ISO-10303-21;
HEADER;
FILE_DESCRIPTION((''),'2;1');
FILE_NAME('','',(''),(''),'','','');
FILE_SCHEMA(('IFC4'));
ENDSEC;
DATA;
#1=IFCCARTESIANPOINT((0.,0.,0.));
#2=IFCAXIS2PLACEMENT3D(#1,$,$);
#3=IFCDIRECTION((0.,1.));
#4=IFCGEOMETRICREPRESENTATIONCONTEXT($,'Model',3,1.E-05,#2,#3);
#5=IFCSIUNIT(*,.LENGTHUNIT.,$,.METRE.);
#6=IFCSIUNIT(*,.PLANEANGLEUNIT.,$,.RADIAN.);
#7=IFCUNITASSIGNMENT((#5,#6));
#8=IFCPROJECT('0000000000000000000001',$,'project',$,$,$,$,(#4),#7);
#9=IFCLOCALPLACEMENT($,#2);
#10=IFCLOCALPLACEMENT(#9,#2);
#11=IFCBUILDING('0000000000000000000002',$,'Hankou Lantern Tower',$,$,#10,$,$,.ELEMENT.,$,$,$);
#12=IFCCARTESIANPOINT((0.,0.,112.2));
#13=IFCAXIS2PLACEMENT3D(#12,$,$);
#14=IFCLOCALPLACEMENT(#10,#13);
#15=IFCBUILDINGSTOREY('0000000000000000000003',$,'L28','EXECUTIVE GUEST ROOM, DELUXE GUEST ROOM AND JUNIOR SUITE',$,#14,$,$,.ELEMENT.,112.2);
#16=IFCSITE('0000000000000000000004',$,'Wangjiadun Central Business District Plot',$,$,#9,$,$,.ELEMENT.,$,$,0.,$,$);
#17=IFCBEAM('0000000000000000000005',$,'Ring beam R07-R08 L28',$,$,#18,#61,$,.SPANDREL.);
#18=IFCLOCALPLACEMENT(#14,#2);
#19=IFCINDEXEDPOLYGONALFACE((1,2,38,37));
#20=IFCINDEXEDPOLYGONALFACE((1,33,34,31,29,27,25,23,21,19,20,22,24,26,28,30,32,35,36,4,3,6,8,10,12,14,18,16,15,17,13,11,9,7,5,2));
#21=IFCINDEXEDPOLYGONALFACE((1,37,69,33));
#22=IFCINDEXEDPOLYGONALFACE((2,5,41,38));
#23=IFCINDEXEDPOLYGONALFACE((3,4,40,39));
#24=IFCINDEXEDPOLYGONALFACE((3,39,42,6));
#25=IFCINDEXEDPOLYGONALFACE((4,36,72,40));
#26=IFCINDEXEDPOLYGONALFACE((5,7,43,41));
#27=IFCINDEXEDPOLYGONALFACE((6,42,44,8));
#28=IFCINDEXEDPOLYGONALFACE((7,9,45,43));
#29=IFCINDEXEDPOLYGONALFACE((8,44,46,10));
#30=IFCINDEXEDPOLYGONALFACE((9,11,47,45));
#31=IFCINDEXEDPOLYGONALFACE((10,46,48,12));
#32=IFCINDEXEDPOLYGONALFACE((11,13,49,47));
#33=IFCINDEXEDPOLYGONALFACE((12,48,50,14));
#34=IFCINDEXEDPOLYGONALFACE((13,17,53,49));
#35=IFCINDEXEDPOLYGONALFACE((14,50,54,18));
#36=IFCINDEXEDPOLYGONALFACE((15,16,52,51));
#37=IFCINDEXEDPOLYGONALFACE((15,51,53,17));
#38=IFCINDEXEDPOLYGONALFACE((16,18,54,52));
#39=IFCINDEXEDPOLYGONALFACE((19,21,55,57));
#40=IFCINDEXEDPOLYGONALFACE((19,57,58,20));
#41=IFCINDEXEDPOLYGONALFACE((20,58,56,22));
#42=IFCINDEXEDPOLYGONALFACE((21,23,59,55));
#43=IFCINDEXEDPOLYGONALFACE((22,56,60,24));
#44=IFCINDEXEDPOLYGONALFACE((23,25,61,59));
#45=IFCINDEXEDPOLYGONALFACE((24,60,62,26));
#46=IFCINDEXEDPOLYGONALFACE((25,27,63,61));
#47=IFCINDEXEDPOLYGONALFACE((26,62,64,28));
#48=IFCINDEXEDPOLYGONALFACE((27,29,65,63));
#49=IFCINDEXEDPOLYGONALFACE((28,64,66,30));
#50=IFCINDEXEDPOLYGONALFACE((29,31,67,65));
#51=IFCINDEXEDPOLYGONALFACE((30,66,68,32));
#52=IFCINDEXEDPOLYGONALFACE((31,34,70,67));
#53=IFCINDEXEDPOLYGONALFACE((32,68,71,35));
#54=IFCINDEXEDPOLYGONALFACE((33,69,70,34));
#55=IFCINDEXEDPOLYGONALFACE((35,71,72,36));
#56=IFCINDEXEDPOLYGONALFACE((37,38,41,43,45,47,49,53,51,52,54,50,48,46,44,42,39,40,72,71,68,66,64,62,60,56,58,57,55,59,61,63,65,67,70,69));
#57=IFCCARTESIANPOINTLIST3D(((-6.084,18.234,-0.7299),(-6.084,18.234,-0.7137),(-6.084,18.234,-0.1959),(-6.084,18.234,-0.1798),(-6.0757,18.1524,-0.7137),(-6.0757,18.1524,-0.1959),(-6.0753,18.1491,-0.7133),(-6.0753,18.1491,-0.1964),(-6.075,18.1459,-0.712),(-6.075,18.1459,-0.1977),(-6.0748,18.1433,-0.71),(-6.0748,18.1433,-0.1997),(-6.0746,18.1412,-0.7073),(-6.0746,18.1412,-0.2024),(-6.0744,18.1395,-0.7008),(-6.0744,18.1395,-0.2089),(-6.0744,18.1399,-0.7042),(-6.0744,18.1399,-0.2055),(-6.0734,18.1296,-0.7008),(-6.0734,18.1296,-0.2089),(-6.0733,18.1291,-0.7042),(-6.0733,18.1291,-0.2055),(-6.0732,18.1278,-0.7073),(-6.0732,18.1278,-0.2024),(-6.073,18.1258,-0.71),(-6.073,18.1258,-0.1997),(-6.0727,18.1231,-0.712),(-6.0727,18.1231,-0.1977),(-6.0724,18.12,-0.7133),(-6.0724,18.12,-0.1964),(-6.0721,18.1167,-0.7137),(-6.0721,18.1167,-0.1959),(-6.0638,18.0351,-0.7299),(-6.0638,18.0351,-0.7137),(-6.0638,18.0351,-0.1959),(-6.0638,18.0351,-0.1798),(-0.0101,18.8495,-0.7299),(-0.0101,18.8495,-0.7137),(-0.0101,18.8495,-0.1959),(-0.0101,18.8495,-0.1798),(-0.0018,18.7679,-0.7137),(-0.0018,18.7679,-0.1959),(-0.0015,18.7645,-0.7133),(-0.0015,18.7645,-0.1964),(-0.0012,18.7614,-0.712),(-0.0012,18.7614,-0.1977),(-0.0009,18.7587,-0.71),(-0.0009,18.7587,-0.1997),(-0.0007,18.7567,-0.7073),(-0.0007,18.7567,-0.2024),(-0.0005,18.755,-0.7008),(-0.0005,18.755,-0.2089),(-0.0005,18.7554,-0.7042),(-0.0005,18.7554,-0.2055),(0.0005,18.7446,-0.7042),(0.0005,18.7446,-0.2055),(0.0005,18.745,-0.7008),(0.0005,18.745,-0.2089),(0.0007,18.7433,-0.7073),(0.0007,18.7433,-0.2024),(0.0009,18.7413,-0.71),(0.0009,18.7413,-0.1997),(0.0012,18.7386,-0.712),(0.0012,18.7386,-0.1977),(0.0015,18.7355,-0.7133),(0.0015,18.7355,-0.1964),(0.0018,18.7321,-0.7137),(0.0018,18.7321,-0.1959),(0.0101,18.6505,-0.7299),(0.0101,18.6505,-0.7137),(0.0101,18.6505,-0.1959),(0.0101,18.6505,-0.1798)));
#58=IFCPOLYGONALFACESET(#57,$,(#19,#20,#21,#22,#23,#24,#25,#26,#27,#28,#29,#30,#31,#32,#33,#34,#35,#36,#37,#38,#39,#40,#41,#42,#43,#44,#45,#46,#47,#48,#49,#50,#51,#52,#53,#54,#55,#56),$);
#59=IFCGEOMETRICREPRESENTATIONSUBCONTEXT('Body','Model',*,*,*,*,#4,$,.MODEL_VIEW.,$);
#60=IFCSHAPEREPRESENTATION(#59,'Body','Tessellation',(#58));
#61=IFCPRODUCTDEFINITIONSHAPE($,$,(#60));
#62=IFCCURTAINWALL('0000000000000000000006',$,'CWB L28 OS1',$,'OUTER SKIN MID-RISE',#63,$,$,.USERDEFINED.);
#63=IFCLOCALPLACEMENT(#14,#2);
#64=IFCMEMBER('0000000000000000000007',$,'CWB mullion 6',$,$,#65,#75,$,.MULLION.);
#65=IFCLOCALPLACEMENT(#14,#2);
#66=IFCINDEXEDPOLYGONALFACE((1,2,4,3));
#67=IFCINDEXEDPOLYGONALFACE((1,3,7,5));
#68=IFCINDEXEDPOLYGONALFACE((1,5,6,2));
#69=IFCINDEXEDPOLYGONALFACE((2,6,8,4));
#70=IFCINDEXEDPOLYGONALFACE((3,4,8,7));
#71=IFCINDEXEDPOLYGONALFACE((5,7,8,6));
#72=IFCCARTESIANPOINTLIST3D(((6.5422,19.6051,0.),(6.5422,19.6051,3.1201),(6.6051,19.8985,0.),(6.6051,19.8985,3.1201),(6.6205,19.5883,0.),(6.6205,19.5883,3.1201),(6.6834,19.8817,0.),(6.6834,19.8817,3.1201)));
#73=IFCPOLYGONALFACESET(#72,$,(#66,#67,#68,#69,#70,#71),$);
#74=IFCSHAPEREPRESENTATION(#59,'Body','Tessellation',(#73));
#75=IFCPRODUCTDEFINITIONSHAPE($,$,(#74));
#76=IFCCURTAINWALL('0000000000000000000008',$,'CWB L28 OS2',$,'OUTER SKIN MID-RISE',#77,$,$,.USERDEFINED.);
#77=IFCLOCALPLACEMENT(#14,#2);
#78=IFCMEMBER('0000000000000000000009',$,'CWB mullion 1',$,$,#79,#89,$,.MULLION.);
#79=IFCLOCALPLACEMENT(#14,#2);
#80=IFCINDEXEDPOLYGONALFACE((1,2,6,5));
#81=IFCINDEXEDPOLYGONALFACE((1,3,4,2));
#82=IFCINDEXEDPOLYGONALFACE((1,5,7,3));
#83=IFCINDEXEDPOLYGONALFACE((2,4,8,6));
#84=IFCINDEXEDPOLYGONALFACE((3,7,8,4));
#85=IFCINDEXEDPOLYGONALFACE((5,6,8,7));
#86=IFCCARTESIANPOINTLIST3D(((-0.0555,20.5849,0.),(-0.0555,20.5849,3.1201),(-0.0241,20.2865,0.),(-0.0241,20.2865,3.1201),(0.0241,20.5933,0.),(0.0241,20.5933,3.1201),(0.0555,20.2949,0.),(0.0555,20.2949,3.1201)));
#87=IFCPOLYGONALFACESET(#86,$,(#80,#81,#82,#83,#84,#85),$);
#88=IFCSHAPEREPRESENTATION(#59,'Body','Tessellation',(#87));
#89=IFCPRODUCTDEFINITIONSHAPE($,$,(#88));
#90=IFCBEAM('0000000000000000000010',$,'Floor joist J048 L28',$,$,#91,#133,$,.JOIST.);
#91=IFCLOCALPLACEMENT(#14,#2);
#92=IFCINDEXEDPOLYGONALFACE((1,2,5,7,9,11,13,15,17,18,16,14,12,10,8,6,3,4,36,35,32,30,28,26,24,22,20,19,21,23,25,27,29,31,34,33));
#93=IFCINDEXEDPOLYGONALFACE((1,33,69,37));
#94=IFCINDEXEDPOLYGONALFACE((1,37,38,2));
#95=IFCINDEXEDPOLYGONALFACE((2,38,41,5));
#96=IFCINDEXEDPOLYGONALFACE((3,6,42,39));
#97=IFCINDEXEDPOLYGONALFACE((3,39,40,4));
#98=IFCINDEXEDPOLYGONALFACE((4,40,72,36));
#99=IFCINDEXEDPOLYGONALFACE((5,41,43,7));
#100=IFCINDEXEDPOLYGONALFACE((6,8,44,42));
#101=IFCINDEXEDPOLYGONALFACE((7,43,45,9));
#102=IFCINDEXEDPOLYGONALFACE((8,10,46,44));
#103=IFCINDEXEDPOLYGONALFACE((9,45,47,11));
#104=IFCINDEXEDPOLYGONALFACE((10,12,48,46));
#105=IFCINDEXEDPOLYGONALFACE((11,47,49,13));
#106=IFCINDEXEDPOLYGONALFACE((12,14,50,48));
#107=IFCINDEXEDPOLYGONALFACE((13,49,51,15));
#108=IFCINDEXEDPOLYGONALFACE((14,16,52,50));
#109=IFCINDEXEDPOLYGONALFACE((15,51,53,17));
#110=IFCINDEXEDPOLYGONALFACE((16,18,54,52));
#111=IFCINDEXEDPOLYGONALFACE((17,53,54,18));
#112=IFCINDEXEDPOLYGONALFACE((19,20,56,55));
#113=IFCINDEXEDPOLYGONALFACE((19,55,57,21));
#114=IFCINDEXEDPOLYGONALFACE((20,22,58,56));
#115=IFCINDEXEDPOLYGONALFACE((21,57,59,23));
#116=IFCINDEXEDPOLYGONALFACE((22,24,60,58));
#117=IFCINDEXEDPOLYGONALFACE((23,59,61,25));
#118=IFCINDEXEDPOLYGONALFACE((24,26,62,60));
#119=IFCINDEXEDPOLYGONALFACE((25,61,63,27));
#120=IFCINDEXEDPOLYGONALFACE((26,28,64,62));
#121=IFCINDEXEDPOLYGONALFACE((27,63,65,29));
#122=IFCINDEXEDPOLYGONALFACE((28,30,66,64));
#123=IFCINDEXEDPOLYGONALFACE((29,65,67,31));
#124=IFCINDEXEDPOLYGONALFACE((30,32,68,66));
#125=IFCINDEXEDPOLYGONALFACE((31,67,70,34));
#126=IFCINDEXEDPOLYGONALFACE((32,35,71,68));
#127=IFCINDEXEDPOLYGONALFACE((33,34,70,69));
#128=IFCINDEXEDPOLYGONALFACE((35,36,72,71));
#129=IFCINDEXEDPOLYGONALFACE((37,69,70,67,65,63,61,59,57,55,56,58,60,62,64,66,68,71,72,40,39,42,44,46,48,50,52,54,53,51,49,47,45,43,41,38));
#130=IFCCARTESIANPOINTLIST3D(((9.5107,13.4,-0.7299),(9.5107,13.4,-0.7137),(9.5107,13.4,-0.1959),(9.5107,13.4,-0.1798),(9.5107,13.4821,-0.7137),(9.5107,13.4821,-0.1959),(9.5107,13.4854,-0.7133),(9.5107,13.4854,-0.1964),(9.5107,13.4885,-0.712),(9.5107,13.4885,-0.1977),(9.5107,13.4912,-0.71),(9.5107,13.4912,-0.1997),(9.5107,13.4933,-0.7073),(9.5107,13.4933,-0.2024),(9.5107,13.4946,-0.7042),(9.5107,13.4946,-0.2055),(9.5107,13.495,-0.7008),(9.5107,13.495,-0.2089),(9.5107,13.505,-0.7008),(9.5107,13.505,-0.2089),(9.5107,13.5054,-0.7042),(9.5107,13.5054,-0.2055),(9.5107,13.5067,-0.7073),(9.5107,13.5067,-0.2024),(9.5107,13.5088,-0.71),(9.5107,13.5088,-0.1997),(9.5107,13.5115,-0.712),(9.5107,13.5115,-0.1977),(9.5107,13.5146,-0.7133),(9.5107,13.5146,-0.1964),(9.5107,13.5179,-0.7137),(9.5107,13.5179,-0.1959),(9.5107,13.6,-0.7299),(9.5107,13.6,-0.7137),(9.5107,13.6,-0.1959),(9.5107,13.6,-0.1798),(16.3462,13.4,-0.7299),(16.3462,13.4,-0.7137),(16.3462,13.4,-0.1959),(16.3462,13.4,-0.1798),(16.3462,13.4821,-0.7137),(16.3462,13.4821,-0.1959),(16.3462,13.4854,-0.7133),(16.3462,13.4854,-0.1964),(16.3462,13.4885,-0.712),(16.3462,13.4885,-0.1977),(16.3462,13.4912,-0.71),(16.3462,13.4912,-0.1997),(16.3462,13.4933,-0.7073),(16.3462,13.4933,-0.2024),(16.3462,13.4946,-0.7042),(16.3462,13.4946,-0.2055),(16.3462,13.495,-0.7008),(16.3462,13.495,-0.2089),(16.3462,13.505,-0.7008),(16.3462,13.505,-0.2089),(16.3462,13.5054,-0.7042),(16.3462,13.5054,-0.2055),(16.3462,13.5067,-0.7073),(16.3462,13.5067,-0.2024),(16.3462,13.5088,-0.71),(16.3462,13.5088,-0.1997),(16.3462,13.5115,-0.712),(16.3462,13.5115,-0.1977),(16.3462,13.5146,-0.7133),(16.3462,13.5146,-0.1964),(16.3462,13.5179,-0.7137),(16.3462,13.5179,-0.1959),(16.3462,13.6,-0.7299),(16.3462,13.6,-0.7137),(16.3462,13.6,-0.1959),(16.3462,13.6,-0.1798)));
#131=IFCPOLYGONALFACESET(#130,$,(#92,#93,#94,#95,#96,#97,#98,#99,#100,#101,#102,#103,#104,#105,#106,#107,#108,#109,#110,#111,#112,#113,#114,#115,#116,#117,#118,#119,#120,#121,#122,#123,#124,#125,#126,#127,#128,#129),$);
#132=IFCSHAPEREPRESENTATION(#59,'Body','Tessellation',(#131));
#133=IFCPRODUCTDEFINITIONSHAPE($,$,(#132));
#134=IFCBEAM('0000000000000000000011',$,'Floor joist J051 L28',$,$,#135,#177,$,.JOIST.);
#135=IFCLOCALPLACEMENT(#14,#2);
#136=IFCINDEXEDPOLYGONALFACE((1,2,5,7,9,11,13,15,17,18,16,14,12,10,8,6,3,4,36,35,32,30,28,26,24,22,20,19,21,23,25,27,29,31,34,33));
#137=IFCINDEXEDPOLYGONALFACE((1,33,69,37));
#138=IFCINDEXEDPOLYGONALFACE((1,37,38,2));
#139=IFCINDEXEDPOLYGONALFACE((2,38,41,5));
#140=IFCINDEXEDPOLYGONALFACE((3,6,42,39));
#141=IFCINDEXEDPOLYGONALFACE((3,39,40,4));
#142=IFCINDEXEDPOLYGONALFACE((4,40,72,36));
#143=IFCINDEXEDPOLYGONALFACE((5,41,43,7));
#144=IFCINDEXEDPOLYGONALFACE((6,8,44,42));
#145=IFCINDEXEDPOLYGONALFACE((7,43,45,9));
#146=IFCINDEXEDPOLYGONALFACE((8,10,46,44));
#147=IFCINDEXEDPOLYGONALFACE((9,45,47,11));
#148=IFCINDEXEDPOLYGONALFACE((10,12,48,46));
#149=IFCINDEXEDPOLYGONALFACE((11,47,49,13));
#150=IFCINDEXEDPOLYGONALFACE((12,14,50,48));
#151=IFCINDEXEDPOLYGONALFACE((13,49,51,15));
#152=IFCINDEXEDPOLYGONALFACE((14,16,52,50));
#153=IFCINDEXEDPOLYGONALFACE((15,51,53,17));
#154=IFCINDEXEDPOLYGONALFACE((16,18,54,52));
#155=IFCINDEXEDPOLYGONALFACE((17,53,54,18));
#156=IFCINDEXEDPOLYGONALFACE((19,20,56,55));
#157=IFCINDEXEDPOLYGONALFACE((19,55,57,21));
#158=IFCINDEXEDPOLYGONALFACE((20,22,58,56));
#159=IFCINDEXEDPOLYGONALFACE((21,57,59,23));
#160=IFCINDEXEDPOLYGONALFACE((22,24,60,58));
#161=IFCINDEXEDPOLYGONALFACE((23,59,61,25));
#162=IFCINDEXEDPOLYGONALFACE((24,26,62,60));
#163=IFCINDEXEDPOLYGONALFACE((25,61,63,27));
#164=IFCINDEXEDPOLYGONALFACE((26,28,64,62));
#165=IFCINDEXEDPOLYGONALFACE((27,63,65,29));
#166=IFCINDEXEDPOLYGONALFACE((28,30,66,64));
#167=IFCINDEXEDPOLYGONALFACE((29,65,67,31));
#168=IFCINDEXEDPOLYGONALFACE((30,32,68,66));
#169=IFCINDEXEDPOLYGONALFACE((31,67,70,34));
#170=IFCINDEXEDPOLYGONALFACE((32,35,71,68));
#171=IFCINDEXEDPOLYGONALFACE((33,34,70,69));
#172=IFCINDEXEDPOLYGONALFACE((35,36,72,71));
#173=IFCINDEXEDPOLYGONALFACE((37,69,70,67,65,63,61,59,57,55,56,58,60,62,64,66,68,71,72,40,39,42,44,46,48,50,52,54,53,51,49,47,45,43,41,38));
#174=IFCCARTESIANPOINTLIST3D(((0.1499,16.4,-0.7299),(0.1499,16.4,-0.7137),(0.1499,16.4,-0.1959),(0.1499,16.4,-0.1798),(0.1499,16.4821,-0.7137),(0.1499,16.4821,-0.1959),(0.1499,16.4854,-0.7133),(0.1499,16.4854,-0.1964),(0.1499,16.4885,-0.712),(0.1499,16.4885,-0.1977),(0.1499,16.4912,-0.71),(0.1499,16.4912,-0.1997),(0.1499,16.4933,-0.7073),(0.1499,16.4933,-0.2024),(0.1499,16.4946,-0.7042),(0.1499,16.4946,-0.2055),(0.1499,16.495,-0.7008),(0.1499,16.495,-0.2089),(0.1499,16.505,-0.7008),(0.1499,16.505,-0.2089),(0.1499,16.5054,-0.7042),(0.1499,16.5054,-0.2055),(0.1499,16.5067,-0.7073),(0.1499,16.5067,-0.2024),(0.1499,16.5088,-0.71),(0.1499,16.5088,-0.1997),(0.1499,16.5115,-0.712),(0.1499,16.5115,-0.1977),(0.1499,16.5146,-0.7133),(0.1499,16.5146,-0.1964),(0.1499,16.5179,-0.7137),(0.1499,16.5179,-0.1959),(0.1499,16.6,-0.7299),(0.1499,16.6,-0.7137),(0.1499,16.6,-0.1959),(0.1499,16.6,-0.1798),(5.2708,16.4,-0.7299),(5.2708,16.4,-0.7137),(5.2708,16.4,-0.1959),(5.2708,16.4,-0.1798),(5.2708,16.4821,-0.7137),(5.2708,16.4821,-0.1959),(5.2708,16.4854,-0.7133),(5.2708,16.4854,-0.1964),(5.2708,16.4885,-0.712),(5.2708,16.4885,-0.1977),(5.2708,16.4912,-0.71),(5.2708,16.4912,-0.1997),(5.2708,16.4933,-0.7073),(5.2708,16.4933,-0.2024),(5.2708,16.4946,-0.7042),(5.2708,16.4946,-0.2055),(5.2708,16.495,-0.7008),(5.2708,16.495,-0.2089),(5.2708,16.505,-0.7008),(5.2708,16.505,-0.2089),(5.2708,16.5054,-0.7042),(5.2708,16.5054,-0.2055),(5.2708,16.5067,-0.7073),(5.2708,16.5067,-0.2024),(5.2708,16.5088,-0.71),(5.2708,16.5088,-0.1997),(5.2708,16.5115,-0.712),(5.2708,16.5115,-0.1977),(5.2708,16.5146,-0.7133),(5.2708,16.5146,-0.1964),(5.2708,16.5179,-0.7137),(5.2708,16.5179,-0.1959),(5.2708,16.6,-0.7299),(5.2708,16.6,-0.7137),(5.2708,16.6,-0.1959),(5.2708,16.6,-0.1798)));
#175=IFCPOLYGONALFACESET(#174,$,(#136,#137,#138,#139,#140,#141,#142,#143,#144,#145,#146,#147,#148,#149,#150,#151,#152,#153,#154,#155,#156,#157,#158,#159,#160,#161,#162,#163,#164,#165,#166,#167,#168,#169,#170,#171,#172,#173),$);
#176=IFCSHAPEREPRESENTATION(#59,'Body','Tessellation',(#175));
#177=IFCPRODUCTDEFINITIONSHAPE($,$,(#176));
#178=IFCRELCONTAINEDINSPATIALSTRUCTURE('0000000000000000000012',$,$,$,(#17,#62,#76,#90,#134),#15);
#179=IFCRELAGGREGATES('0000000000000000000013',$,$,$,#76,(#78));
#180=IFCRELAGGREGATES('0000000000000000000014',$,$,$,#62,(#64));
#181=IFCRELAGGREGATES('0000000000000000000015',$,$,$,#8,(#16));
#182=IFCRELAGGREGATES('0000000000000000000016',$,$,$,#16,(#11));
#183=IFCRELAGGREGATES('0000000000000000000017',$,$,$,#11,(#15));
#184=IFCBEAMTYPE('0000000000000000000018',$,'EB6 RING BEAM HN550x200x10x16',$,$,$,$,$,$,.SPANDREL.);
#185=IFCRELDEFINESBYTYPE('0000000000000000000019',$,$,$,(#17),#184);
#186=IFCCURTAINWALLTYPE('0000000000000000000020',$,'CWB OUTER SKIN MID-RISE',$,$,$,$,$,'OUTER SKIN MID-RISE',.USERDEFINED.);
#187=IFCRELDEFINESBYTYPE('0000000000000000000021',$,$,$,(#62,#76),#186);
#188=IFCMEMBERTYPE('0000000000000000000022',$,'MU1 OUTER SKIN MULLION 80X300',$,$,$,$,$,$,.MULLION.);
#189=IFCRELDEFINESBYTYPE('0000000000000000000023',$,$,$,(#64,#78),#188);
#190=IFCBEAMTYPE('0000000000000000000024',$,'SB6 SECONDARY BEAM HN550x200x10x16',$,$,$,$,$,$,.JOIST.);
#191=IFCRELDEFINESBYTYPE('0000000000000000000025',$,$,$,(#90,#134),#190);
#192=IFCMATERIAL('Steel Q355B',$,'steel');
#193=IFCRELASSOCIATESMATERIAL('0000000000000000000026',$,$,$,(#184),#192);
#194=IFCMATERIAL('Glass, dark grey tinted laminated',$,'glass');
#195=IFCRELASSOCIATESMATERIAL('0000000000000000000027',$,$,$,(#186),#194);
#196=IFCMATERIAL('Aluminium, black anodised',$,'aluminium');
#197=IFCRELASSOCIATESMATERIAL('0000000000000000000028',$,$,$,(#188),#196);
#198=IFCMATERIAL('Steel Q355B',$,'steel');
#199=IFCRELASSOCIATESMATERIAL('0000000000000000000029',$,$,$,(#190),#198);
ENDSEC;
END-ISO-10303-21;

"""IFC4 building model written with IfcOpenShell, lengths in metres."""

from ifc_helpers import new_model, si_unit, direction, frame, origin, origin_2d, place, context, subcontext, project, spatial, rectangle, i_section, extrude, material, material_profile, profile_set, type_object, element, aggregate, save


model = new_model("IFC4")

# Units and contexts
model_context = context("Model", 3, precision=1e-05, world=origin(), true_north=direction((0.0, 1.0)))
body_context = subcontext(model_context, "Body", "Model", "MODEL_VIEW")
ifc_project = project(units=[si_unit("LENGTHUNIT", "METRE"), si_unit("PLANEANGLEUNIT", "RADIAN")], contexts=[model_context])

# Site, building, storey
site_placement = place(None, origin())
site = spatial("IfcSite", under=ifc_project, at=site_placement, Name="Wangjiadun Central Business District Plot", CompositionType="ELEMENT", RefElevation=0.0)
building_placement = place(site_placement, origin())
building = spatial("IfcBuilding", under=site, at=building_placement, Name="Hankou Lantern Tower", CompositionType="ELEMENT")
storey_placement = place(building_placement, frame((0.0, 0.0, 112.2)))
storey = spatial("IfcBuildingStorey", under=building, at=storey_placement, Name="L28", Description="EXECUTIVE GUEST ROOM, DELUXE GUEST ROOM AND JUNIOR SUITE", CompositionType="ELEMENT", Elevation=112.2)

# Beam
ifc_material_1 = material(Name="Steel Q355B", Category="steel")
ifc_material_profile_1 = material_profile(ifc_material_1, i_section(OverallWidth=0.2, OverallDepth=0.55, WebThickness=0.01, FlangeThickness=0.0161, FilletRadius=0.0129, at=origin_2d()), Name="HN550x200x10x16")
ifc_profile_set_1 = profile_set([ifc_material_profile_1], Name="Steel Q355B")
beam_type_1 = type_object("IfcBeamType", Name="EB6 RING BEAM HN550x200x10x16", PredefinedType="SPANDREL", material=ifc_profile_set_1)
for number, where, z_axis, x_axis, name in (
    (1, (0.0, 18.75, -0.4548), (-0.994905, -0.100814, 0.0), (0.100814, -0.994905, 0.0), "Ring beam R07-R08 L28"),
):
    element("IfcBeam", number, at=place(storey_placement, frame(where, z_axis=z_axis, x_axis=x_axis)), inside=storey, type_object=beam_type_1, Name=name, PredefinedType="SPANDREL", context=body_context, shape_type="SweptSolid", body=[
        extrude(i_section(OverallWidth=0.2, OverallDepth=0.55, WebThickness=0.01, FlangeThickness=0.0161, FilletRadius=0.0129, at=origin_2d()), origin(), (0.0, 0.0, 1.0), 6.105),
    ])

# Curtain walls, members
ifc_material_2 = material(Name="Glass, dark grey tinted laminated", Category="glass")
curtain_wall_type = type_object("IfcCurtainWallType", Name="CWB OUTER SKIN MID-RISE", ElementType="OUTER SKIN MID-RISE", PredefinedType="USERDEFINED", material=ifc_material_2)
curtain_wall_1_placement = place(storey_placement, origin())
curtain_wall_1 = element("IfcCurtainWall", 2, at=curtain_wall_1_placement, inside=storey, type_object=curtain_wall_type, Name="CWB L28 OS1", ObjectType="OUTER SKIN MID-RISE", PredefinedType="USERDEFINED")
ifc_material_3 = material(Name="Aluminium, black anodised", Category="aluminium")
ifc_material_profile_2 = material_profile(ifc_material_3, rectangle(XDim=0.0801, YDim=0.3, at=origin_2d()), Name="MU1 80X300")
ifc_profile_set_2 = profile_set([ifc_material_profile_2], Name="Aluminium, black anodised")
member_type_1 = type_object("IfcMemberType", Name="MU1 OUTER SKIN MULLION 80X300", PredefinedType="MULLION", material=ifc_profile_set_2)
member_1_placement = place(storey_placement, frame((6.6128, 19.7434, 0.0), z_axis=(0.0, 0.0, 1.0), x_axis=(-0.977788, 0.209598, 0.0)))
member_1 = element("IfcMember", 3, at=member_1_placement, type_object=member_type_1, Name="CWB mullion 6", PredefinedType="MULLION", context=body_context, shape_type="SweptSolid", body=[
    extrude(rectangle(XDim=0.0801, YDim=0.3, at=origin_2d()), origin(), (0.0, 0.0, 1.0), 3.1201),
])
curtain_wall_2_placement = place(storey_placement, origin())
curtain_wall_2 = element("IfcCurtainWall", 4, at=curtain_wall_2_placement, inside=storey, type_object=curtain_wall_type, Name="CWB L28 OS2", ObjectType="OUTER SKIN MID-RISE", PredefinedType="USERDEFINED")
member_2_placement = place(storey_placement, frame((0.0, 20.4399, 0.0), z_axis=(0.0, 0.0, 1.0), x_axis=(-0.994499, -0.104743, 0.0)))
member_2 = element("IfcMember", 5, at=member_2_placement, type_object=member_type_1, Name="CWB mullion 1", PredefinedType="MULLION", context=body_context, shape_type="SweptSolid", body=[
    extrude(rectangle(XDim=0.0801, YDim=0.3, at=origin_2d()), origin(), (0.0, 0.0, 1.0), 3.1201),
])
aggregate(curtain_wall_2, [member_2])

# Beams
ifc_material_4 = material(Name="Steel Q355B", Category="steel")
ifc_material_profile_3 = material_profile(ifc_material_4, i_section(OverallWidth=0.2, OverallDepth=0.55, WebThickness=0.01, FlangeThickness=0.0161, FilletRadius=0.0129, at=origin_2d()), Name="HN550x200x10x16")
ifc_profile_set_3 = profile_set([ifc_material_profile_3], Name="Steel Q355B")
beam_type_2 = type_object("IfcBeamType", Name="SB6 SECONDARY BEAM HN550x200x10x16", PredefinedType="JOIST", material=ifc_profile_set_3)
beam_1_placement = place(storey_placement, frame((9.5107, 13.5, -0.4548), z_axis=(1.0, 0.0, 0.0), x_axis=(0.0, 1.0, 0.0)))
element("IfcBeam", 6, at=beam_1_placement, inside=storey, type_object=beam_type_2, Name="Floor joist J048 L28", PredefinedType="JOIST", context=body_context, shape_type="SweptSolid", body=[
    extrude(i_section(OverallWidth=0.2, OverallDepth=0.55, WebThickness=0.01, FlangeThickness=0.0161, FilletRadius=0.0129, at=origin_2d()), origin(), (0.0, 0.0, 1.0), 6.8354),
])
beam_2_placement = place(storey_placement, frame((0.1499, 16.5, -0.4548), z_axis=(1.0, 0.0, 0.0), x_axis=(0.0, 1.0, 0.0)))
element("IfcBeam", 7, at=beam_2_placement, inside=storey, type_object=beam_type_2, Name="Floor joist J051 L28", PredefinedType="JOIST", context=body_context, shape_type="SweptSolid", body=[
    extrude(i_section(OverallWidth=0.2, OverallDepth=0.55, WebThickness=0.01, FlangeThickness=0.0161, FilletRadius=0.0129, at=origin_2d()), origin(), (0.0, 0.0, 1.0), 5.1208),
])

aggregate(curtain_wall_1, [member_1])

save(model, "model.ifc")
